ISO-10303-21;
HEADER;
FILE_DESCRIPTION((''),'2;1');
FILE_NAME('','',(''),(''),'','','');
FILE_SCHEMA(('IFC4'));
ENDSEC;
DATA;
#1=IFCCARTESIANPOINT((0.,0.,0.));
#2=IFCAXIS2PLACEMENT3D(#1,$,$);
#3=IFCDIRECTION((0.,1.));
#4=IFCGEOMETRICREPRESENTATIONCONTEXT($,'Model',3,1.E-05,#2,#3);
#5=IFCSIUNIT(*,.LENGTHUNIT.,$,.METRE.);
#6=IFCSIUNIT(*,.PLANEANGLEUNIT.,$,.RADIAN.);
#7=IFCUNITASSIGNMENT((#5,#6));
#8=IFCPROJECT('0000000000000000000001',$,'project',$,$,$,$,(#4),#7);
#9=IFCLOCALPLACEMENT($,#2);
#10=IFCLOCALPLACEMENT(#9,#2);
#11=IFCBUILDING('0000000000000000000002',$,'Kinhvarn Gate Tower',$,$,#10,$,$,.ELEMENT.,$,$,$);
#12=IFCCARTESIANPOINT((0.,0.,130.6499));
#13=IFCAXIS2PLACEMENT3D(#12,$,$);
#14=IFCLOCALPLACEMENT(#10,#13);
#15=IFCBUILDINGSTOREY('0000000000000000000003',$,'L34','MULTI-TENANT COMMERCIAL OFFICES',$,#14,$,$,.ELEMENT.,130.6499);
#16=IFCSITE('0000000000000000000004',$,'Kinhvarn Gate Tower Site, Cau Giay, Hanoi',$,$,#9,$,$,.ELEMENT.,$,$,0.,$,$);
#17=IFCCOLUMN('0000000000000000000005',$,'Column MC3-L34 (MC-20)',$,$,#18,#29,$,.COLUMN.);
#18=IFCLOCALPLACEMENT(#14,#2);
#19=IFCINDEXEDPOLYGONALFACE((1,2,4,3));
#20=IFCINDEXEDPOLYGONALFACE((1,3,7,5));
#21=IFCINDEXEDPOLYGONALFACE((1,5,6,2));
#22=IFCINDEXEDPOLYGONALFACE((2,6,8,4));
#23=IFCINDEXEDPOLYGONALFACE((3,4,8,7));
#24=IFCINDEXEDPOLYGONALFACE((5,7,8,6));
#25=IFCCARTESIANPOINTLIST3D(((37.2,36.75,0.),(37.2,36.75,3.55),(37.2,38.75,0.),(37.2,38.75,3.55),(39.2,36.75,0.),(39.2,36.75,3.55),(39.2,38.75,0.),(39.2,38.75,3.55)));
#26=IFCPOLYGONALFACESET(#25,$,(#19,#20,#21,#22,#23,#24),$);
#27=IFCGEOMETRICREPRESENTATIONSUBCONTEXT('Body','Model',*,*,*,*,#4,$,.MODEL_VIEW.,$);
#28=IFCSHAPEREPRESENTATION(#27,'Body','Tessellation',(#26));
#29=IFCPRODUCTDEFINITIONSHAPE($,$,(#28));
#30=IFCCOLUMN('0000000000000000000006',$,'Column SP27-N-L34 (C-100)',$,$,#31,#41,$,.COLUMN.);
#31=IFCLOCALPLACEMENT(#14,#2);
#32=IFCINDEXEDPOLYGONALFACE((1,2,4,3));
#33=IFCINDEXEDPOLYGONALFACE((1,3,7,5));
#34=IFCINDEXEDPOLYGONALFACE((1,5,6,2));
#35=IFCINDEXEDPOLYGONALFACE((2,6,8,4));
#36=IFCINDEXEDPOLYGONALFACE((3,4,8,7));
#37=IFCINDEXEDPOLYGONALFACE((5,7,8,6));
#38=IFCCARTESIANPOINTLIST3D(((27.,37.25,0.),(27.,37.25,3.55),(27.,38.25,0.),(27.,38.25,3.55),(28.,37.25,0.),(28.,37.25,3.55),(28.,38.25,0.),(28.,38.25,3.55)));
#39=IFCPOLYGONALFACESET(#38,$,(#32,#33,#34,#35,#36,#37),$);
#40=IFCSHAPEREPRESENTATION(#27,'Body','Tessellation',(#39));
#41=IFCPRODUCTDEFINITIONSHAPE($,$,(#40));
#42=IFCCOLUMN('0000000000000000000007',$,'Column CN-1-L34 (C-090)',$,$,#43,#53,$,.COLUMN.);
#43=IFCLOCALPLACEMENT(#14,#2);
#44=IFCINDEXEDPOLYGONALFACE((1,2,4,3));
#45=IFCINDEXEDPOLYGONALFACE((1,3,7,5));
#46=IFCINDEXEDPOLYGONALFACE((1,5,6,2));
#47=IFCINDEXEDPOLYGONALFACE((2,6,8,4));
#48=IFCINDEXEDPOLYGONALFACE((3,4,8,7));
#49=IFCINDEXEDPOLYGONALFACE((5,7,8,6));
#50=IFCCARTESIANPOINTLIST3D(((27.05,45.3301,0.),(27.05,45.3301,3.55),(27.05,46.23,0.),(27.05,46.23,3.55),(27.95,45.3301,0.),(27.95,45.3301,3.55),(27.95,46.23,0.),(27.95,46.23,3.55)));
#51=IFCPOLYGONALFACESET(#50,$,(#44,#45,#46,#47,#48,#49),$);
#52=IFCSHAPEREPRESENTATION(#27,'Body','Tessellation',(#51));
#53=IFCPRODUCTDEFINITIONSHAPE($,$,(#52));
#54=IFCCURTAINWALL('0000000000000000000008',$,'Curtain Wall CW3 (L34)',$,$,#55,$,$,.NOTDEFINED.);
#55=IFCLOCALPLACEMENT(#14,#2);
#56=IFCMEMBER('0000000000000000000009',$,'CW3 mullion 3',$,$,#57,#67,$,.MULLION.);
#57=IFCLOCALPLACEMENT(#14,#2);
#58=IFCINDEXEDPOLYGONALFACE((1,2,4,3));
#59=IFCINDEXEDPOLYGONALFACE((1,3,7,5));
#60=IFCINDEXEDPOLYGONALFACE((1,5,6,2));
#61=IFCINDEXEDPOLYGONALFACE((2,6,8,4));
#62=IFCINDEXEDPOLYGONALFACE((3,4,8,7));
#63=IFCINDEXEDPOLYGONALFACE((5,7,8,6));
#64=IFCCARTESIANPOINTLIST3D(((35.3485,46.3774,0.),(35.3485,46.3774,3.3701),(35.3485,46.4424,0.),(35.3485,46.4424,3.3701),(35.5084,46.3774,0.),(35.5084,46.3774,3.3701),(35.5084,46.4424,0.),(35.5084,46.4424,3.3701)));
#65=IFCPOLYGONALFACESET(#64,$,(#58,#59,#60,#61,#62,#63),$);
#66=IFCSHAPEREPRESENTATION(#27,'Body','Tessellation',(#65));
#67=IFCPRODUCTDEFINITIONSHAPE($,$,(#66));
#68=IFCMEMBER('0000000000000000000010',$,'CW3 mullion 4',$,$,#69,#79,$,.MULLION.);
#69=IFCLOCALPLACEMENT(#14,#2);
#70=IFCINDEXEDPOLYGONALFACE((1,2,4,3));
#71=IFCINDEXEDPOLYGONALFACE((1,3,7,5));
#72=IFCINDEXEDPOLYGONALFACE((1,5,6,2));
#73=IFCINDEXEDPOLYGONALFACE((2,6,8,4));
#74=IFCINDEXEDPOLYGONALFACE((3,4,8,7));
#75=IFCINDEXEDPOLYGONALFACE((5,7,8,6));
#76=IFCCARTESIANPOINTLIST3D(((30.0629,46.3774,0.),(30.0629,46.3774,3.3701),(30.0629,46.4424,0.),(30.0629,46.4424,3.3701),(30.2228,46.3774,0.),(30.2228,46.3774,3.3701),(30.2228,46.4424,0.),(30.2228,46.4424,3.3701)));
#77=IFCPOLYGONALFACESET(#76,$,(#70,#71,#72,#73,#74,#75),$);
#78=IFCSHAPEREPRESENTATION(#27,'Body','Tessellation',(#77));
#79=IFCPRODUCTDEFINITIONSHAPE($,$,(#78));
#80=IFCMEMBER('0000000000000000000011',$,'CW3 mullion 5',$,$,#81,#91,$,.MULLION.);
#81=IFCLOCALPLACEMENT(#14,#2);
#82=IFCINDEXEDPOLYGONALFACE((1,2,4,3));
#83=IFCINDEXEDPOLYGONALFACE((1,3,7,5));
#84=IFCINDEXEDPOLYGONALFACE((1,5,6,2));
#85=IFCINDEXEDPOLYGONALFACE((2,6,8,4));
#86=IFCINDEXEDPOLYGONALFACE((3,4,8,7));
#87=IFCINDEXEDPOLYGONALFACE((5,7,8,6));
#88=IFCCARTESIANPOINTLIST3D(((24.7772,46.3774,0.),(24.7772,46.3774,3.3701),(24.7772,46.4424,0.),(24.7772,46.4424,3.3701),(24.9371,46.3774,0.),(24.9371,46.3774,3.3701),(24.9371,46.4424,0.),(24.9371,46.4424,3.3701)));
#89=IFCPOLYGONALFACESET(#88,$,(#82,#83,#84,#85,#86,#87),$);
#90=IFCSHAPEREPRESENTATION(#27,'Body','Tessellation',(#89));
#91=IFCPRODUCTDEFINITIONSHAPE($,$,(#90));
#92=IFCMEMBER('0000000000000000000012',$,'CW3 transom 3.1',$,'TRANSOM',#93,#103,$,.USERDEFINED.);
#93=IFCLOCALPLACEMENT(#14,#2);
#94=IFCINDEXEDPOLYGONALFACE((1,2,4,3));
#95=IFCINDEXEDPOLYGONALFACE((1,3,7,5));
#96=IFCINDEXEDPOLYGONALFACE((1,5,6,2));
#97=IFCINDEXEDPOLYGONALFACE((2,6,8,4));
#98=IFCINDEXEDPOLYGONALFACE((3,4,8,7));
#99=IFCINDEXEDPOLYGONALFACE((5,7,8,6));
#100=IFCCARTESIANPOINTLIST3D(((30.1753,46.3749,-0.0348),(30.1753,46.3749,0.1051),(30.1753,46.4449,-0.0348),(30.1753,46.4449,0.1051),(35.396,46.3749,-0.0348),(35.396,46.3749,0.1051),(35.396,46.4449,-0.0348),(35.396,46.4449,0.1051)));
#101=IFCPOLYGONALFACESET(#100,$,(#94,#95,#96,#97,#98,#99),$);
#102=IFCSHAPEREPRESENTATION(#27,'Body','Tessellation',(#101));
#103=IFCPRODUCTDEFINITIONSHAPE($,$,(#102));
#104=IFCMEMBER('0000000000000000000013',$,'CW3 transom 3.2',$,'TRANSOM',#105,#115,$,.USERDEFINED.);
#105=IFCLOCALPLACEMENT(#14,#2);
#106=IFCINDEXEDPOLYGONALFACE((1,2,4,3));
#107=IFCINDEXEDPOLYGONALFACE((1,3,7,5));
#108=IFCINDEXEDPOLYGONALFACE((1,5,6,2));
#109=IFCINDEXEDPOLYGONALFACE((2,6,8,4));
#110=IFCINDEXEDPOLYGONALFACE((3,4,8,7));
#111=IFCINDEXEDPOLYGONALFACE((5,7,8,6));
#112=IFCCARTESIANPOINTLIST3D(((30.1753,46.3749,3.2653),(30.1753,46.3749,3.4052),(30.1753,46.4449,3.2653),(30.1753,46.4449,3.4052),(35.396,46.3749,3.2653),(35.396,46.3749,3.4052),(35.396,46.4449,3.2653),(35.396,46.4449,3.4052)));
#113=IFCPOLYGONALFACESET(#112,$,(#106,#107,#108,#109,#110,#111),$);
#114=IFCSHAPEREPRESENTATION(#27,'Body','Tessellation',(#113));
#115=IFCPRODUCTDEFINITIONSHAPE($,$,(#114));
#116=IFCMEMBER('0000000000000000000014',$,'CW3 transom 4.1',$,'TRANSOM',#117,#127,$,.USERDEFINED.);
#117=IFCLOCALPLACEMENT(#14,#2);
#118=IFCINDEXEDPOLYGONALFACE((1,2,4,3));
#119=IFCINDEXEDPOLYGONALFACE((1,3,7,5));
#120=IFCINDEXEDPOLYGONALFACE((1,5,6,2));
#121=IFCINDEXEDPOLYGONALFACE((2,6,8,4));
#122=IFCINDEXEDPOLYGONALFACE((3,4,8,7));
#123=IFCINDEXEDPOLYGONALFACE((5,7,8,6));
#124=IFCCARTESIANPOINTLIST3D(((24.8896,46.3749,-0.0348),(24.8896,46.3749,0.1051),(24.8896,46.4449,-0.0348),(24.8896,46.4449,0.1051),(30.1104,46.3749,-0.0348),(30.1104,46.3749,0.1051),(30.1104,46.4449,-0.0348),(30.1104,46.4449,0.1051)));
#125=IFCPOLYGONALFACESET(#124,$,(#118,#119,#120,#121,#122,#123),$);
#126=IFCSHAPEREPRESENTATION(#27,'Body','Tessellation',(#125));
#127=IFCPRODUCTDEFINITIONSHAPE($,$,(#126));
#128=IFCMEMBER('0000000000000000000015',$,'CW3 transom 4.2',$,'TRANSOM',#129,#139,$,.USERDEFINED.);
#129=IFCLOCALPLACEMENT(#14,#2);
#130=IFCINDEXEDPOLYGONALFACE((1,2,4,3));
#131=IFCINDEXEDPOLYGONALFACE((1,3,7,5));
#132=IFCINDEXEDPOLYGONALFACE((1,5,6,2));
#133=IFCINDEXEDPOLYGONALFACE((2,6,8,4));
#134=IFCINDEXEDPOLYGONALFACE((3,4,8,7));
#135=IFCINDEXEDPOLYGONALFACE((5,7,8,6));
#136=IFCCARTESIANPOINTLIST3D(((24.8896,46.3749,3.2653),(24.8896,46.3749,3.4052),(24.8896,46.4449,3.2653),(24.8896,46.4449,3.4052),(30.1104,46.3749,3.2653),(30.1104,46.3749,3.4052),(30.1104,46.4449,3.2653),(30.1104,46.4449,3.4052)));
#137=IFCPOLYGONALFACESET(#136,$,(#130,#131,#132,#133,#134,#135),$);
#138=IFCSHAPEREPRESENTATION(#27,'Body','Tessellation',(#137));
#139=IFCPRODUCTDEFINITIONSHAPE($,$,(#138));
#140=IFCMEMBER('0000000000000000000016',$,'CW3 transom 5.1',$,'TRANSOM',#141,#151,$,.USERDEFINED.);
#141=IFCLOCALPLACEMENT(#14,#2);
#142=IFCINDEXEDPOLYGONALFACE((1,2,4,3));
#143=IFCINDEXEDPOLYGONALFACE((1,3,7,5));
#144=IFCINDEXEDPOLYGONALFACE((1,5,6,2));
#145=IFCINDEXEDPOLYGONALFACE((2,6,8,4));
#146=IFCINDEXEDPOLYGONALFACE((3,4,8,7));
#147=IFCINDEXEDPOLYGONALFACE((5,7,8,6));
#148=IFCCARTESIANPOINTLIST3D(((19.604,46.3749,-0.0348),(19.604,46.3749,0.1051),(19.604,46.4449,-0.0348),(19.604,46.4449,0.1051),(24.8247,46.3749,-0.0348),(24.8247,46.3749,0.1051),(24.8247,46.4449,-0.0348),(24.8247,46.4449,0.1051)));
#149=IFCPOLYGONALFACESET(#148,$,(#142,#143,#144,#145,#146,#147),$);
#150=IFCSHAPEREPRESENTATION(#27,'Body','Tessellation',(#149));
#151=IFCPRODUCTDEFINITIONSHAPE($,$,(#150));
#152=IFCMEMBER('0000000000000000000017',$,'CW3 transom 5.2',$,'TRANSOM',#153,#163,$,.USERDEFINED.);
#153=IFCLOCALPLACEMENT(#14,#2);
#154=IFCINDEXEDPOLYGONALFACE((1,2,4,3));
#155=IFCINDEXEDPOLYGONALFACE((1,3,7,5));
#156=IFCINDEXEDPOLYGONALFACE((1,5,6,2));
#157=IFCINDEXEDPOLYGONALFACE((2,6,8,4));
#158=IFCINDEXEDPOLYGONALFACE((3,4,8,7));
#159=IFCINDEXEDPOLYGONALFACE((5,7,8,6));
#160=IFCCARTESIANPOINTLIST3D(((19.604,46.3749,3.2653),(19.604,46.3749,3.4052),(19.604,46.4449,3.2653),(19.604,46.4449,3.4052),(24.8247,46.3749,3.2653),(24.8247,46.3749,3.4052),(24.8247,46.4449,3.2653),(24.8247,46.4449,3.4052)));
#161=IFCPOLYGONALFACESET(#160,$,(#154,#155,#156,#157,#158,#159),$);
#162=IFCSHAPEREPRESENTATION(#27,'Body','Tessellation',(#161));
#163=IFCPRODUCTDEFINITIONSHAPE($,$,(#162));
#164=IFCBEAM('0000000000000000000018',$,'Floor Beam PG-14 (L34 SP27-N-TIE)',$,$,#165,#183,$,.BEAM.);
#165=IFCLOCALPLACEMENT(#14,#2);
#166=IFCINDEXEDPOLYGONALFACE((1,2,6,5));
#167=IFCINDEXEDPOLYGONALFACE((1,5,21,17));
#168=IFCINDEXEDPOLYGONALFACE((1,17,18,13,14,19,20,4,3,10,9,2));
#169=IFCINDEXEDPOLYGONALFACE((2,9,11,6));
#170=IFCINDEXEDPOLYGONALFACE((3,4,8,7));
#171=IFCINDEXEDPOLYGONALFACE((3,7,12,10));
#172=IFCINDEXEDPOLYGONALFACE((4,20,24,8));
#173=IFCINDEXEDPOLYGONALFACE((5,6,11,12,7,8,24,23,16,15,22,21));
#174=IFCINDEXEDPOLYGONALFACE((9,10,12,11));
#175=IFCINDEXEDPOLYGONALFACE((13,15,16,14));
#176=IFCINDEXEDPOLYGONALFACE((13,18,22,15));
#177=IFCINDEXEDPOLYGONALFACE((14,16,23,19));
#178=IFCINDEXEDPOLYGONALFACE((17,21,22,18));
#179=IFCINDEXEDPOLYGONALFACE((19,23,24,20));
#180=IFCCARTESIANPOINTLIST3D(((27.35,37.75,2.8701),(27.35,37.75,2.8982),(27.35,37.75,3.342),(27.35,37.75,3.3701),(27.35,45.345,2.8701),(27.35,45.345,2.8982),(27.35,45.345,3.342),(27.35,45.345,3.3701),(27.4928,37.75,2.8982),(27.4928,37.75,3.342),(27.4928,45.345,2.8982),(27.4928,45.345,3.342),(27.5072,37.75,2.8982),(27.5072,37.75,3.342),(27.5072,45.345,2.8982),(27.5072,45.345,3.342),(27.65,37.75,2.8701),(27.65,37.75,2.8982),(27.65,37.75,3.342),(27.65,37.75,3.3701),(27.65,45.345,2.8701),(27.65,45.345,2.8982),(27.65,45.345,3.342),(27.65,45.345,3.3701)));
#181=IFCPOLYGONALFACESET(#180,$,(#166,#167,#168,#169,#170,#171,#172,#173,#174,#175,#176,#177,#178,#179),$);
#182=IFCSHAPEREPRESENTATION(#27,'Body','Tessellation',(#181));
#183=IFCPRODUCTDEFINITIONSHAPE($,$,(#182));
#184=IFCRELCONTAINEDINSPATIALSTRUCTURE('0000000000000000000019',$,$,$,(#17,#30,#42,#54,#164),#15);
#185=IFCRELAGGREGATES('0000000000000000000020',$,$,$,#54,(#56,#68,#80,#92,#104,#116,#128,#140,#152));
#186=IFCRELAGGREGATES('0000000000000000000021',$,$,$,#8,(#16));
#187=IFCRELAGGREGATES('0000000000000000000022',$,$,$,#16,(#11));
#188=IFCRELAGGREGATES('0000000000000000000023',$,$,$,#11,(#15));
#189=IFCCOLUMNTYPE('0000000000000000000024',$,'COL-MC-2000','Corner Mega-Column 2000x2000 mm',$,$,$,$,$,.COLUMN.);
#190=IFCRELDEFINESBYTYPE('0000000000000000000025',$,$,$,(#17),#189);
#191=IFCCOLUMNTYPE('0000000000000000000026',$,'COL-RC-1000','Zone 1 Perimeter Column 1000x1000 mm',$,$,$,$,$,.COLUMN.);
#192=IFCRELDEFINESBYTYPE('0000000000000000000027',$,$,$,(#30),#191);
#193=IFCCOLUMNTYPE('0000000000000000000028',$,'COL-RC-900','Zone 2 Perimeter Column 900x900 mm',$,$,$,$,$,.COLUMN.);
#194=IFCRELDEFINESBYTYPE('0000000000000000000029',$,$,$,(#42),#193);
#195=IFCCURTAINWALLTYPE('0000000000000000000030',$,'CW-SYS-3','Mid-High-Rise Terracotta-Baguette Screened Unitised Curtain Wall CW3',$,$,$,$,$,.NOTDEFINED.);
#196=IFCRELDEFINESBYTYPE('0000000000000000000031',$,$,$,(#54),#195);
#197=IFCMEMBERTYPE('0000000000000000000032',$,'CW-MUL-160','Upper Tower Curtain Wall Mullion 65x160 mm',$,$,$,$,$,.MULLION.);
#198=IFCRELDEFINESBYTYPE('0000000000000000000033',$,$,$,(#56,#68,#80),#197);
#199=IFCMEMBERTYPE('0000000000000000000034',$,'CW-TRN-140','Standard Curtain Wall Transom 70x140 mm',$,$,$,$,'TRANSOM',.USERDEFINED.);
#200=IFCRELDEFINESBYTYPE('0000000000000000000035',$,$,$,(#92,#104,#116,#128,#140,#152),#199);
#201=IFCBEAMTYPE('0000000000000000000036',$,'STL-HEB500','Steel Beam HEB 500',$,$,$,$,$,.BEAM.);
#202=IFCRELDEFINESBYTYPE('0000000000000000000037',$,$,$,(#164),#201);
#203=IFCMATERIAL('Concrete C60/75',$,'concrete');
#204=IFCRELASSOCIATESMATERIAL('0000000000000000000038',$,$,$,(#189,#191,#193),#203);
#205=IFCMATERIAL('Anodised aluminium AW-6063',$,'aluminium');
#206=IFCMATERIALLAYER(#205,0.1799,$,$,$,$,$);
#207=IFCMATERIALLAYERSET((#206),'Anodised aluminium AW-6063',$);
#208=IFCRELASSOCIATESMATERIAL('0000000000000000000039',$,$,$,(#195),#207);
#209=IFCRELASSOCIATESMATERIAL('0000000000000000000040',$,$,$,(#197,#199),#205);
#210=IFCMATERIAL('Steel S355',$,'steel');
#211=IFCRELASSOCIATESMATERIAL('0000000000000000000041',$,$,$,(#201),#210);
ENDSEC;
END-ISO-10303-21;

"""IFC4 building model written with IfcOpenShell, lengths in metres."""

from ifc_helpers import new_model, si_unit, direction, frame, origin, origin_2d, place, context, subcontext, project, spatial, rectangle, i_section, extrude, material, layer, layer_set, material_profile, profile_set, type_object, element, aggregate, save


model = new_model("IFC4")

# Units and contexts
model_context = context("Model", 3, precision=1e-05, world=origin(), true_north=direction((0.0, 1.0)))
body_context = subcontext(model_context, "Body", "Model", "MODEL_VIEW")
ifc_project = project(units=[si_unit("LENGTHUNIT", "METRE"), si_unit("PLANEANGLEUNIT", "RADIAN")], contexts=[model_context])

# Site, building, storey
site_placement = place(None, origin())
site = spatial("IfcSite", under=ifc_project, at=site_placement, Name="Kinhvarn Gate Tower Site, Cau Giay, Hanoi", CompositionType="ELEMENT", RefElevation=0.0)
building_placement = place(site_placement, origin())
building = spatial("IfcBuilding", under=site, at=building_placement, Name="Kinhvarn Gate Tower", CompositionType="ELEMENT")
storey_placement = place(building_placement, frame((0.0, 0.0, 130.6499)))
storey = spatial("IfcBuildingStorey", under=building, at=storey_placement, Name="L34", Description="MULTI-TENANT COMMERCIAL OFFICES", CompositionType="ELEMENT", Elevation=130.6499)

# Columns
ifc_material_1 = material(Name="Concrete C60/75", Category="concrete")
ifc_material_profile_1 = material_profile(ifc_material_1, rectangle(XDim=2.0, YDim=2.0, at=origin_2d()), Name="RC 2000x2000")
ifc_profile_set_1 = profile_set([ifc_material_profile_1], Name="Concrete C60/75")
column_type_1 = type_object("IfcColumnType", Name="COL-MC-2000", Description="Corner Mega-Column 2000x2000 mm", PredefinedType="COLUMN", material=ifc_profile_set_1)
column_1_placement = place(storey_placement, frame((38.2, 37.75, 0.0), z_axis=(0.0, 0.0, 1.0), x_axis=(1.0, 0.0, 0.0)))
element("IfcColumn", 1, at=column_1_placement, inside=storey, type_object=column_type_1, Name="Column MC3-L34 (MC-20)", PredefinedType="COLUMN", context=body_context, shape_type="SweptSolid", body=[
    extrude(rectangle(XDim=2.0, YDim=2.0, at=origin_2d()), origin(), (0.0, 0.0, 1.0), 3.55),
])
ifc_material_profile_2 = material_profile(ifc_material_1, rectangle(XDim=1.0, YDim=1.0, at=origin_2d()), Name="RC 1000x1000")
ifc_profile_set_2 = profile_set([ifc_material_profile_2], Name="Concrete C60/75")
column_type_2 = type_object("IfcColumnType", Name="COL-RC-1000", Description="Zone 1 Perimeter Column 1000x1000 mm", PredefinedType="COLUMN", material=ifc_profile_set_2)
column_2_placement = place(storey_placement, frame((27.5, 37.75, 0.0), z_axis=(0.0, 0.0, 1.0), x_axis=(1.0, 0.0, 0.0)))
element("IfcColumn", 2, at=column_2_placement, inside=storey, type_object=column_type_2, Name="Column SP27-N-L34 (C-100)", PredefinedType="COLUMN", context=body_context, shape_type="SweptSolid", body=[
    extrude(rectangle(XDim=1.0, YDim=1.0, at=origin_2d()), origin(), (0.0, 0.0, 1.0), 3.55),
])
ifc_material_profile_3 = material_profile(ifc_material_1, rectangle(XDim=0.8999, YDim=0.8999, at=origin_2d()), Name="RC 900x900")
ifc_profile_set_3 = profile_set([ifc_material_profile_3], Name="Concrete C60/75")
column_type_3 = type_object("IfcColumnType", Name="COL-RC-900", Description="Zone 2 Perimeter Column 900x900 mm", PredefinedType="COLUMN", material=ifc_profile_set_3)
column_3_placement = place(storey_placement, frame((27.5, 45.78, 0.0), z_axis=(0.0, 0.0, 1.0), x_axis=(1.0, 0.0, 0.0)))
element("IfcColumn", 3, at=column_3_placement, inside=storey, type_object=column_type_3, Name="Column CN-1-L34 (C-090)", PredefinedType="COLUMN", context=body_context, shape_type="SweptSolid", body=[
    extrude(rectangle(XDim=0.8999, YDim=0.8999, at=origin_2d()), origin(), (0.0, 0.0, 1.0), 3.55),
])

# Curtain wall, members
ifc_material_2 = material(Name="Anodised aluminium AW-6063", Category="aluminium")
ifc_layer_1 = layer(ifc_material_2, 0.1799)
ifc_layer_set_1 = layer_set([ifc_layer_1], Name="Anodised aluminium AW-6063")
curtain_wall_type = type_object("IfcCurtainWallType", Name="CW-SYS-3", Description="Mid-High-Rise Terracotta-Baguette Screened Unitised Curtain Wall CW3", PredefinedType="NOTDEFINED", material=ifc_layer_set_1)
curtain_wall_placement = place(storey_placement, origin())
curtain_wall = element("IfcCurtainWall", 4, at=curtain_wall_placement, inside=storey, type_object=curtain_wall_type, Name="Curtain Wall CW3 (L34)", PredefinedType="NOTDEFINED")
ifc_material_profile_4 = material_profile(ifc_material_2, rectangle(XDim=0.0649, YDim=0.1599, at=origin_2d()), Name="ALU 65x160")
ifc_profile_set_4 = profile_set([ifc_material_profile_4], Name="Anodised aluminium AW-6063")
member_type_1 = type_object("IfcMemberType", Name="CW-MUL-160", Description="Upper Tower Curtain Wall Mullion 65x160 mm", PredefinedType="MULLION", material=ifc_profile_set_4)
member_1_placement = place(storey_placement, frame((35.4285, 46.4099, 0.0), z_axis=(0.0, 0.0, 1.0), x_axis=(0.0, -1.0, 0.0)))
member_1 = element("IfcMember", 5, at=member_1_placement, type_object=member_type_1, Name="CW3 mullion 3", PredefinedType="MULLION", context=body_context, shape_type="SweptSolid", body=[
    extrude(rectangle(XDim=0.0649, YDim=0.1599, at=origin_2d()), origin(), (0.0, 0.0, 1.0), 3.3701),
])
member_2_placement = place(storey_placement, frame((30.1428, 46.4099, 0.0), z_axis=(0.0, 0.0, 1.0), x_axis=(0.0, -1.0, 0.0)))
member_2 = element("IfcMember", 6, at=member_2_placement, type_object=member_type_1, Name="CW3 mullion 4", PredefinedType="MULLION", context=body_context, shape_type="SweptSolid", body=[
    extrude(rectangle(XDim=0.0649, YDim=0.1599, at=origin_2d()), origin(), (0.0, 0.0, 1.0), 3.3701),
])
member_3_placement = place(storey_placement, frame((24.8572, 46.4099, 0.0), z_axis=(0.0, 0.0, 1.0), x_axis=(0.0, -1.0, 0.0)))
member_3 = element("IfcMember", 7, at=member_3_placement, type_object=member_type_1, Name="CW3 mullion 5", PredefinedType="MULLION", context=body_context, shape_type="SweptSolid", body=[
    extrude(rectangle(XDim=0.0649, YDim=0.1599, at=origin_2d()), origin(), (0.0, 0.0, 1.0), 3.3701),
])
ifc_material_profile_5 = material_profile(ifc_material_2, rectangle(XDim=0.0701, YDim=0.1399, at=origin_2d()), Name="ALU 70x140")
ifc_profile_set_5 = profile_set([ifc_material_profile_5], Name="Anodised aluminium AW-6063")
member_type_2 = type_object("IfcMemberType", Name="CW-TRN-140", Description="Standard Curtain Wall Transom 70x140 mm", ElementType="TRANSOM", PredefinedType="USERDEFINED", material=ifc_profile_set_5)
member_4_placement = place(storey_placement, frame((35.396, 46.4099, 0.0352), z_axis=(-1.0, 0.0, 0.0), x_axis=(0.0, -1.0, 0.0)))
member_4 = element("IfcMember", 8, at=member_4_placement, type_object=member_type_2, Name="CW3 transom 3.1", ObjectType="TRANSOM", PredefinedType="USERDEFINED", context=body_context, shape_type="SweptSolid", body=[
    extrude(rectangle(XDim=0.0701, YDim=0.1399, at=origin_2d()), origin(), (0.0, 0.0, 1.0), 5.2207),
])
member_5_placement = place(storey_placement, frame((35.396, 46.4099, 3.3352), z_axis=(-1.0, 0.0, 0.0), x_axis=(0.0, -1.0, 0.0)))
member_5 = element("IfcMember", 9, at=member_5_placement, type_object=member_type_2, Name="CW3 transom 3.2", ObjectType="TRANSOM", PredefinedType="USERDEFINED", context=body_context, shape_type="SweptSolid", body=[
    extrude(rectangle(XDim=0.0701, YDim=0.1399, at=origin_2d()), origin(), (0.0, 0.0, 1.0), 5.2207),
])
member_6_placement = place(storey_placement, frame((30.1104, 46.4099, 0.0352), z_axis=(-1.0, 0.0, 0.0), x_axis=(0.0, -1.0, 0.0)))
member_6 = element("IfcMember", 10, at=member_6_placement, type_object=member_type_2, Name="CW3 transom 4.1", ObjectType="TRANSOM", PredefinedType="USERDEFINED", context=body_context, shape_type="SweptSolid", body=[
    extrude(rectangle(XDim=0.0701, YDim=0.1399, at=origin_2d()), origin(), (0.0, 0.0, 1.0), 5.2207),
])
member_7_placement = place(storey_placement, frame((30.1104, 46.4099, 3.3352), z_axis=(-1.0, 0.0, 0.0), x_axis=(0.0, -1.0, 0.0)))
member_7 = element("IfcMember", 11, at=member_7_placement, type_object=member_type_2, Name="CW3 transom 4.2", ObjectType="TRANSOM", PredefinedType="USERDEFINED", context=body_context, shape_type="SweptSolid", body=[
    extrude(rectangle(XDim=0.0701, YDim=0.1399, at=origin_2d()), origin(), (0.0, 0.0, 1.0), 5.2207),
])
member_8_placement = place(storey_placement, frame((24.8247, 46.4099, 0.0352), z_axis=(-1.0, 0.0, 0.0), x_axis=(0.0, -1.0, 0.0)))
member_8 = element("IfcMember", 12, at=member_8_placement, type_object=member_type_2, Name="CW3 transom 5.1", ObjectType="TRANSOM", PredefinedType="USERDEFINED", context=body_context, shape_type="SweptSolid", body=[
    extrude(rectangle(XDim=0.0701, YDim=0.1399, at=origin_2d()), origin(), (0.0, 0.0, 1.0), 5.2207),
])
member_9_placement = place(storey_placement, frame((24.8247, 46.4099, 3.3352), z_axis=(-1.0, 0.0, 0.0), x_axis=(0.0, -1.0, 0.0)))
member_9 = element("IfcMember", 13, at=member_9_placement, type_object=member_type_2, Name="CW3 transom 5.2", ObjectType="TRANSOM", PredefinedType="USERDEFINED", context=body_context, shape_type="SweptSolid", body=[
    extrude(rectangle(XDim=0.0701, YDim=0.1399, at=origin_2d()), origin(), (0.0, 0.0, 1.0), 5.2207),
])

# Beam
ifc_material_3 = material(Name="Steel S355", Category="steel")
ifc_material_profile_6 = material_profile(ifc_material_3, i_section(OverallWidth=0.3, OverallDepth=0.5, WebThickness=0.0144, FlangeThickness=0.0281, at=origin_2d()), Name="HEB 500")
ifc_profile_set_6 = profile_set([ifc_material_profile_6], Name="Steel S355")
beam_type_1 = type_object("IfcBeamType", Name="STL-HEB500", Description="Steel Beam HEB 500", PredefinedType="BEAM", material=ifc_profile_set_6)
for number, where, z_axis, x_axis, name in (
    (14, (27.5, 37.75, 3.1201), (0.0, 1.0, 0.0), (-1.0, 0.0, 0.0), "Floor Beam PG-14 (L34 SP27-N-TIE)"),
):
    element("IfcBeam", number, at=place(storey_placement, frame(where, z_axis=z_axis, x_axis=x_axis)), inside=storey, type_object=beam_type_1, Name=name, PredefinedType="BEAM", context=body_context, shape_type="SweptSolid", body=[
        extrude(i_section(OverallWidth=0.3, OverallDepth=0.5, WebThickness=0.0144, FlangeThickness=0.0281, at=origin_2d()), origin(), (0.0, 0.0, 1.0), 7.595),
    ])

aggregate(curtain_wall, [member_1, member_2, member_3, member_4, member_5, member_6, member_7, member_8, member_9])

save(model, "model.ifc")
